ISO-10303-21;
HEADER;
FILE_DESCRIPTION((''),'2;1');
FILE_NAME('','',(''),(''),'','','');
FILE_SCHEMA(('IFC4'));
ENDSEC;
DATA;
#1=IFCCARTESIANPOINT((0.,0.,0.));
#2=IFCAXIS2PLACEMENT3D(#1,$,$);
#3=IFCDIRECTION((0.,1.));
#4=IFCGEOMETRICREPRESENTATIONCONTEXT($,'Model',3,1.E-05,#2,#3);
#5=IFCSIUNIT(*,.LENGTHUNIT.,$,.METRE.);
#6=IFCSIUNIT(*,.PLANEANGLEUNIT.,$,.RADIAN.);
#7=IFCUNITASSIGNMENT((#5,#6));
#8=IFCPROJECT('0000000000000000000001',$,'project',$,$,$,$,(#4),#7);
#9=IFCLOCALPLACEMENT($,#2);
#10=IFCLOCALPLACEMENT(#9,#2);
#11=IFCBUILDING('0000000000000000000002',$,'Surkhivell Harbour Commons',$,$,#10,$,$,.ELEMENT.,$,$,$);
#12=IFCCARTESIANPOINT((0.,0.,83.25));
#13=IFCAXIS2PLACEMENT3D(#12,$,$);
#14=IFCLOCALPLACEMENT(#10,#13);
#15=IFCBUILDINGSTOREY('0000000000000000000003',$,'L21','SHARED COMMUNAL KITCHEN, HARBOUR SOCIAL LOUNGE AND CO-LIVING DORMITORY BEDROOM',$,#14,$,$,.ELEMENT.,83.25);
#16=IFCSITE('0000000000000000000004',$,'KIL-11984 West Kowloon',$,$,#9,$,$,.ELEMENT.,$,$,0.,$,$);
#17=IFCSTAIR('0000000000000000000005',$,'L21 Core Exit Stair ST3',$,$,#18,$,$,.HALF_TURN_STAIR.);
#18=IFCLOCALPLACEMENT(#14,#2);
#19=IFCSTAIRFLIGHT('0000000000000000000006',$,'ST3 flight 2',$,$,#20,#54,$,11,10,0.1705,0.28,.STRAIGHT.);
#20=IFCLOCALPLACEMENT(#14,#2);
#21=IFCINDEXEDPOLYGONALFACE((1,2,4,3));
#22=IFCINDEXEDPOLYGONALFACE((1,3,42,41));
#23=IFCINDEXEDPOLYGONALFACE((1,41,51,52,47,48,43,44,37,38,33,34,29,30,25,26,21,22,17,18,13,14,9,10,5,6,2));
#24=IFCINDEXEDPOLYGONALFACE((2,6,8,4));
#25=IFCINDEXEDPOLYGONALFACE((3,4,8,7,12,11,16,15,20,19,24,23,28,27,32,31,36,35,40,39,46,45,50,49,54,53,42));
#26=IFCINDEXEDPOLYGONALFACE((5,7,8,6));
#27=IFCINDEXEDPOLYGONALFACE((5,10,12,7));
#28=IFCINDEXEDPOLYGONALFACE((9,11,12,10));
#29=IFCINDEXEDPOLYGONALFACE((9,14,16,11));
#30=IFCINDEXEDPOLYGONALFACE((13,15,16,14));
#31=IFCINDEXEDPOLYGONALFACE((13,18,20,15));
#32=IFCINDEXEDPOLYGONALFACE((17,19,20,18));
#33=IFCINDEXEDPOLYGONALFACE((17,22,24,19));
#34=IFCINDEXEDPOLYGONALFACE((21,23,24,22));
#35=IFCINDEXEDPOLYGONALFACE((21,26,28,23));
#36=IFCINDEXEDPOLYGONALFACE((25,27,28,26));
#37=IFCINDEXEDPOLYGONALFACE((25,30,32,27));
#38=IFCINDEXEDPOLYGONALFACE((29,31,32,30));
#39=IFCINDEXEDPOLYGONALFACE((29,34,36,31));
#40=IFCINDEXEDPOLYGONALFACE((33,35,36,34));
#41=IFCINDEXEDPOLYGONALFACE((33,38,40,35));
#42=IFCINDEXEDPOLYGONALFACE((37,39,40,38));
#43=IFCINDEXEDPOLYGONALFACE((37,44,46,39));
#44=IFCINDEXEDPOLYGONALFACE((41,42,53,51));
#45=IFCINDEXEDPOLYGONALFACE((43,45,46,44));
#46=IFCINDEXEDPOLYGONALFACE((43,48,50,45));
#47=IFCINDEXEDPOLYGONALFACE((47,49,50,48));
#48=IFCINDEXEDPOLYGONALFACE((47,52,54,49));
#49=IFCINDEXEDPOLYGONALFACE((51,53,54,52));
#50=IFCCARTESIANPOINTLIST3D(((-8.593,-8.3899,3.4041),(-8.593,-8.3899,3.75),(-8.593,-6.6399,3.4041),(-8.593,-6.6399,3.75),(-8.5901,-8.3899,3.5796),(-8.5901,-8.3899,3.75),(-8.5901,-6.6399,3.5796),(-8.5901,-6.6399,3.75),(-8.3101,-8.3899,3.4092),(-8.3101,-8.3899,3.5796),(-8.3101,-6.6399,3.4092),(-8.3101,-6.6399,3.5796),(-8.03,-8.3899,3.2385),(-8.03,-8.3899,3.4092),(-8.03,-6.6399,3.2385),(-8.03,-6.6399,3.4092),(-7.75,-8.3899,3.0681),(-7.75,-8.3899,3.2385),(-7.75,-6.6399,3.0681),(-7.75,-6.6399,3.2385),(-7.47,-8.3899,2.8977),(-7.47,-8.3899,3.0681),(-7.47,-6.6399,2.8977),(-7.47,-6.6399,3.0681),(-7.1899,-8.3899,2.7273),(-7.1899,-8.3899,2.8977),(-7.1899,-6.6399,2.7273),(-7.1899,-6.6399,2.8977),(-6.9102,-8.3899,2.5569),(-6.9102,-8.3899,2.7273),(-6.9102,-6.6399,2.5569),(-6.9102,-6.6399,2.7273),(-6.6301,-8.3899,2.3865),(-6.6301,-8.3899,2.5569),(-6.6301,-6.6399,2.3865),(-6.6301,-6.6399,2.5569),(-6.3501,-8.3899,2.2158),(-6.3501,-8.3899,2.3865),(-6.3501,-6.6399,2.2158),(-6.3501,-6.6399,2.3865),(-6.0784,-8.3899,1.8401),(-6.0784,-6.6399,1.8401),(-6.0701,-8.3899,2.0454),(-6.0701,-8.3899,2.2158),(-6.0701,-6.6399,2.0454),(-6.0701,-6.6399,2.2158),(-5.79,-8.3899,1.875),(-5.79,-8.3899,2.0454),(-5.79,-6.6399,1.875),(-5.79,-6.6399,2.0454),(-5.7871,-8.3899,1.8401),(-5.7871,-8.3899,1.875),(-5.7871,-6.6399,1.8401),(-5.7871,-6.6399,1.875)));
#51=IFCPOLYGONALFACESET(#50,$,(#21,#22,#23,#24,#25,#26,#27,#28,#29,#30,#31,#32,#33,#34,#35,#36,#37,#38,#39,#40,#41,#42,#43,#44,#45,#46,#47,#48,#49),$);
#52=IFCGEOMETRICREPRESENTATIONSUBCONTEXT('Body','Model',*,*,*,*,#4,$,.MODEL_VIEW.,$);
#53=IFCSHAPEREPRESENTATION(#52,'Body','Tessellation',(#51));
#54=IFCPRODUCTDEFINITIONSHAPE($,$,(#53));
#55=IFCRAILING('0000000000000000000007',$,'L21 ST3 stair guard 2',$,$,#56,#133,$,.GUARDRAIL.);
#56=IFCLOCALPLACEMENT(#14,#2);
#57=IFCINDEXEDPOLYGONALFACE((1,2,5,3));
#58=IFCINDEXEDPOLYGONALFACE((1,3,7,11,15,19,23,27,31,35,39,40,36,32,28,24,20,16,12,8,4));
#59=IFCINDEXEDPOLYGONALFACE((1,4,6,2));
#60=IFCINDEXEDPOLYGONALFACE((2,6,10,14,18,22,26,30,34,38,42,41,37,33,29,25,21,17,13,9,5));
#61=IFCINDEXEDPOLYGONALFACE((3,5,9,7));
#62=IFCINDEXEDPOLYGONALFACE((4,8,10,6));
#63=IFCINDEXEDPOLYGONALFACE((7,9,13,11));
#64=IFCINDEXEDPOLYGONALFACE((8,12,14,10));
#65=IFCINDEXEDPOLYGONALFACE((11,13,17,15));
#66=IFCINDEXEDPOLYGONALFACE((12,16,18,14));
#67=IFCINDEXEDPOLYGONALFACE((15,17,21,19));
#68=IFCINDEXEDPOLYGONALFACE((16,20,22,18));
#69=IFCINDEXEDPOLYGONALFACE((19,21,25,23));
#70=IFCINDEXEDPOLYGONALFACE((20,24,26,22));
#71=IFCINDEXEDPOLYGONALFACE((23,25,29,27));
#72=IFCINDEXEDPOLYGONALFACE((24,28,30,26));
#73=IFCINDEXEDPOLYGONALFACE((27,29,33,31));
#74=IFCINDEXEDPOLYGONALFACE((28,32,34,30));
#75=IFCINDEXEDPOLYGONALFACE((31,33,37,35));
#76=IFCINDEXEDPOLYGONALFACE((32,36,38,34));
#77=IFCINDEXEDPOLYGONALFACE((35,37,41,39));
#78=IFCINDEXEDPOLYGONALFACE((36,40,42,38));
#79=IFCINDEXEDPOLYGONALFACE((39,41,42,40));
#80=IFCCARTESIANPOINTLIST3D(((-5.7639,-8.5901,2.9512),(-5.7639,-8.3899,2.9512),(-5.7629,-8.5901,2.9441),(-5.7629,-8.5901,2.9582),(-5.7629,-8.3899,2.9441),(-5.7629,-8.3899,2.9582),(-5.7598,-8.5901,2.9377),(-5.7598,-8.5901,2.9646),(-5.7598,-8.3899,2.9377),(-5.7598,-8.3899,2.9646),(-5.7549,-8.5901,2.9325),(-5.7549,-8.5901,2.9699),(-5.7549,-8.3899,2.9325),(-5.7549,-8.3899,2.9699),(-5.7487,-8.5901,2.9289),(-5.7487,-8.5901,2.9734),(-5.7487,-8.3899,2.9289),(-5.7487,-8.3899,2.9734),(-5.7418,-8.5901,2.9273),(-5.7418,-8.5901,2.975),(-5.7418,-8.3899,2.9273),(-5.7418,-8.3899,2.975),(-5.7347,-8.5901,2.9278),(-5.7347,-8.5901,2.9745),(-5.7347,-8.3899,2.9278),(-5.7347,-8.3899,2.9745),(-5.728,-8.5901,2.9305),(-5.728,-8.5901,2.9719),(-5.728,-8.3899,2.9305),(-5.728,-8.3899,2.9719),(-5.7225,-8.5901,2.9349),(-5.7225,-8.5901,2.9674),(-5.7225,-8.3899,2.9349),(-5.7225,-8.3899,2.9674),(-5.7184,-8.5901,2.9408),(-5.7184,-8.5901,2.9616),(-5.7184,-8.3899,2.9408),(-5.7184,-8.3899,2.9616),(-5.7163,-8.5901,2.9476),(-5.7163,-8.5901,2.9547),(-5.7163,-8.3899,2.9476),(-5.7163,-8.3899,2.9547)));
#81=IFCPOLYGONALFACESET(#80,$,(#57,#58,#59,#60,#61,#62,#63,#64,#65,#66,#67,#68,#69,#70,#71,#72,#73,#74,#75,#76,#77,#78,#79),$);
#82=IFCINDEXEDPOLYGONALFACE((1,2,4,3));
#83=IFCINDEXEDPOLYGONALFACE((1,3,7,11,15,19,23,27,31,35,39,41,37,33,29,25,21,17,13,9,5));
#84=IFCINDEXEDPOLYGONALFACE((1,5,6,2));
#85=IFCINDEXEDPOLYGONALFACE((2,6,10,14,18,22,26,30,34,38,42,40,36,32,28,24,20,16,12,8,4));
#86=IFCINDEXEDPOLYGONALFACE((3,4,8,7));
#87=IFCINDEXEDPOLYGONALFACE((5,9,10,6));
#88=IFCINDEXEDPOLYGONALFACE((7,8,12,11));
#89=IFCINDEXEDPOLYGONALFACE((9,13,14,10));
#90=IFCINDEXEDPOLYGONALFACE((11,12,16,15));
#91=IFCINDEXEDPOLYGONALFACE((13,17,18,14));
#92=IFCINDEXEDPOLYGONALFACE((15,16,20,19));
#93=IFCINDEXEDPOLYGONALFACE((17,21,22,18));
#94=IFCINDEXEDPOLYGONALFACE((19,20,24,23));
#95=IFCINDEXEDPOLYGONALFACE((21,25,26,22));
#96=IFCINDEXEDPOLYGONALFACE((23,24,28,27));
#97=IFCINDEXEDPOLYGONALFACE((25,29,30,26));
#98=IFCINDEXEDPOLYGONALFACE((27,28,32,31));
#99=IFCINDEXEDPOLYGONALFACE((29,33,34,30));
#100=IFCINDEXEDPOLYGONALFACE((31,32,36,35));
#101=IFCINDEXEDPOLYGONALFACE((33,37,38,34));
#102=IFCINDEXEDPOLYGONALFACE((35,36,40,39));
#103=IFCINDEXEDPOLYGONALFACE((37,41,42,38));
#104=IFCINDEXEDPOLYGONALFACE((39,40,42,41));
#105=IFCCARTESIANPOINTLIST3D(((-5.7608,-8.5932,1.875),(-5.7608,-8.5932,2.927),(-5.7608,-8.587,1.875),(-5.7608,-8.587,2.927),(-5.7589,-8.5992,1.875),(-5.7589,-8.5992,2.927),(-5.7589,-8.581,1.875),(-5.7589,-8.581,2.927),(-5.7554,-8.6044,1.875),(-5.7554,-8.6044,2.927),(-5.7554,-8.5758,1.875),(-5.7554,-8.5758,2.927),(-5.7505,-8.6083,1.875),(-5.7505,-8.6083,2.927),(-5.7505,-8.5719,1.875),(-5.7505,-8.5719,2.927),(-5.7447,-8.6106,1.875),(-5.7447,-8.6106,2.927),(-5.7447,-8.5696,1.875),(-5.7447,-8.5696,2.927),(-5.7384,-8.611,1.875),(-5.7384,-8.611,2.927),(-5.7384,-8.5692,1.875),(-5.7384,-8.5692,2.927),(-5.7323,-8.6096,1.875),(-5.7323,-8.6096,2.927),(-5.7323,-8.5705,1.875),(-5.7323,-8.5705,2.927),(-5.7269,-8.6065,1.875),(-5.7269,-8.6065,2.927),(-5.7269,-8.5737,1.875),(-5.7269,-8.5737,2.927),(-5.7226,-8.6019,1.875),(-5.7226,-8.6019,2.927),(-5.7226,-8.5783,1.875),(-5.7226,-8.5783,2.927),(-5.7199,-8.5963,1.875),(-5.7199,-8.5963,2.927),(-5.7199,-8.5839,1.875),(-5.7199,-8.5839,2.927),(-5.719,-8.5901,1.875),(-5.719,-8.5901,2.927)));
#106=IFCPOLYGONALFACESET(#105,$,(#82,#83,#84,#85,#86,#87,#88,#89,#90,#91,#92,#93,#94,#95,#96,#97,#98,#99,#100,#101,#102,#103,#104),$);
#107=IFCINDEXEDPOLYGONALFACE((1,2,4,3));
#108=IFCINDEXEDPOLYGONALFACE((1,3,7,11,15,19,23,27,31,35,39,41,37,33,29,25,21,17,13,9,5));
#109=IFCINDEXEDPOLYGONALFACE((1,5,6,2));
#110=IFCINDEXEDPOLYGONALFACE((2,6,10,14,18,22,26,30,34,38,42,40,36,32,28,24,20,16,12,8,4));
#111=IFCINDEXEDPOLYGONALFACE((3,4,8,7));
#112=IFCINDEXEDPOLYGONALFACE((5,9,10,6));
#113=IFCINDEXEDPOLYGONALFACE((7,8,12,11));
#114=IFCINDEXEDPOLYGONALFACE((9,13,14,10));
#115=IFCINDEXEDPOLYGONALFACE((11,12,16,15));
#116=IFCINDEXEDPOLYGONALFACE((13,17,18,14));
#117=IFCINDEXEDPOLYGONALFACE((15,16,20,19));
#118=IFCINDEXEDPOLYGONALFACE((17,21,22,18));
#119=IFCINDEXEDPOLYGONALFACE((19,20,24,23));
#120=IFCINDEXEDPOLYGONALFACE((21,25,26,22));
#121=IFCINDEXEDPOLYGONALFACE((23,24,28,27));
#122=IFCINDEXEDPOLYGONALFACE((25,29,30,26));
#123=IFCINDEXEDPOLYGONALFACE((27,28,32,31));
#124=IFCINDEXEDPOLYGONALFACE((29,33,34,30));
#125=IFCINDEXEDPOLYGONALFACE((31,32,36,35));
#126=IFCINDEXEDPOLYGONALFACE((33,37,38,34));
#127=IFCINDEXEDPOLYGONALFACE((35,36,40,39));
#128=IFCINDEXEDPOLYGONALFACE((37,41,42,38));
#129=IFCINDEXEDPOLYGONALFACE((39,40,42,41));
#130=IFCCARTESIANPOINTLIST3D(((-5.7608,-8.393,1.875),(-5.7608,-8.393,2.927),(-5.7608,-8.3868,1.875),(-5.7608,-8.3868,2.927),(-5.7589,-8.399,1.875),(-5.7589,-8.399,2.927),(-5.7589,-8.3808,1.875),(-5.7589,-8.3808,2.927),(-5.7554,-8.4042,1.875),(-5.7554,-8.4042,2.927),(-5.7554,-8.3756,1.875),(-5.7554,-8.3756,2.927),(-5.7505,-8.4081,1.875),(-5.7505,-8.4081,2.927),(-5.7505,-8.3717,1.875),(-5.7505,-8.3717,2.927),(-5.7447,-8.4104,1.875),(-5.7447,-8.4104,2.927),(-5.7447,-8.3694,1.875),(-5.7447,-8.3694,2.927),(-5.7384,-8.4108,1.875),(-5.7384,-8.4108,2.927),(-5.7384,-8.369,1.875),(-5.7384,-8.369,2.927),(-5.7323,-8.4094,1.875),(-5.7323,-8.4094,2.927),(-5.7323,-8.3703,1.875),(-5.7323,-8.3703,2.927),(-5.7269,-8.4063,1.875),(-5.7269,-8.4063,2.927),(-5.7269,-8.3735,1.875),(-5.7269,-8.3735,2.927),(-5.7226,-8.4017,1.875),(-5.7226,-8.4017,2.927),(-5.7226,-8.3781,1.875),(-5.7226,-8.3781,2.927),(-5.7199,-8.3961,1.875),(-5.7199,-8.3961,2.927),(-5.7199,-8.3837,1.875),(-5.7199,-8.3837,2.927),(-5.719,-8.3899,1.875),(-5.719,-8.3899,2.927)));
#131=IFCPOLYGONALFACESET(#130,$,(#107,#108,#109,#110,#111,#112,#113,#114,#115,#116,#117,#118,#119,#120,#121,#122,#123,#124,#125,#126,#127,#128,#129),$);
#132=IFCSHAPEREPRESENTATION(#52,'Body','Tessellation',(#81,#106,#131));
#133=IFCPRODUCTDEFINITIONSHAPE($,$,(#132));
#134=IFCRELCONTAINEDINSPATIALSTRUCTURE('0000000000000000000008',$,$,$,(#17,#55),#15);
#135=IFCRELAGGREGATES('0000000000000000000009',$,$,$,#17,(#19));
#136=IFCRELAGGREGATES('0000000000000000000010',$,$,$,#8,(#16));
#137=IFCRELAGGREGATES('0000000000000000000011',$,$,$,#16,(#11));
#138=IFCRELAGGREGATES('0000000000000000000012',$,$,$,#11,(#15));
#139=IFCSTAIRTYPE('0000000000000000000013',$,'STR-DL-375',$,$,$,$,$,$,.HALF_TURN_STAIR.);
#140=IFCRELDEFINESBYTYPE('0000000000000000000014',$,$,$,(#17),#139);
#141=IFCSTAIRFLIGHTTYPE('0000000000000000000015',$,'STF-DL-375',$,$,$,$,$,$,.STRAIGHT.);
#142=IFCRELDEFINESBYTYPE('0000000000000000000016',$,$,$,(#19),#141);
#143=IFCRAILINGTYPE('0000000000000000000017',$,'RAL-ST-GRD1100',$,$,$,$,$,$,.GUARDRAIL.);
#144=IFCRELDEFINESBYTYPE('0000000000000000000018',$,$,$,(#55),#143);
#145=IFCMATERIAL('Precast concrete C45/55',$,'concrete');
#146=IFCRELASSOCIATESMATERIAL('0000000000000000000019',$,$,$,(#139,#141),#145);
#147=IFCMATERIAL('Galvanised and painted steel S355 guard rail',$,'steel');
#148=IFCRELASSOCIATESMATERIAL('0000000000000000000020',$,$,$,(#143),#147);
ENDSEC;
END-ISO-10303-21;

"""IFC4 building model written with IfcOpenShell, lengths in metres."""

from ifc_helpers import new_model, si_unit, direction, frame, origin, origin_2d, place, context, subcontext, project, spatial, polyline, circle, outline, extrude, material, type_object, element, aggregate, save


model = new_model("IFC4")

# Units and contexts
model_context = context("Model", 3, precision=1e-05, world=origin(), true_north=direction((0.0, 1.0)))
body_context = subcontext(model_context, "Body", "Model", "MODEL_VIEW")
ifc_project = project(units=[si_unit("LENGTHUNIT", "METRE"), si_unit("PLANEANGLEUNIT", "RADIAN")], contexts=[model_context])

# Site, building, storey
site_placement = place(None, origin())
site = spatial("IfcSite", under=ifc_project, at=site_placement, Name="KIL-11984 West Kowloon", CompositionType="ELEMENT", RefElevation=0.0)
building_placement = place(site_placement, origin())
building = spatial("IfcBuilding", under=site, at=building_placement, Name="Surkhivell Harbour Commons", CompositionType="ELEMENT")
storey_placement = place(building_placement, frame((0.0, 0.0, 83.25)))
storey = spatial("IfcBuildingStorey", under=building, at=storey_placement, Name="L21", Description="SHARED COMMUNAL KITCHEN, HARBOUR SOCIAL LOUNGE AND CO-LIVING DORMITORY BEDROOM", CompositionType="ELEMENT", Elevation=83.25)

# Stair, stair flight
ifc_material_1 = material(Name="Precast concrete C45/55", Category="concrete")
stair_type = type_object("IfcStairType", Name="STR-DL-375", PredefinedType="HALF_TURN_STAIR", material=ifc_material_1)
stair_placement = place(storey_placement, origin())
stair = element("IfcStair", 1, at=stair_placement, inside=storey, type_object=stair_type, Name="L21 Core Exit Stair ST3", PredefinedType="HALF_TURN_STAIR")
stair_flight_type = type_object("IfcStairFlightType", Name="STF-DL-375", PredefinedType="STRAIGHT", material=ifc_material_1)
stair_flight_placement = place(storey_placement, frame((-5.79, -7.5149, 1.875), z_axis=(0.0, 0.0, 1.0), x_axis=(-1.0, 0.0, 0.0)))
stair_flight = element("IfcStairFlight", 2, at=stair_flight_placement, type_object=stair_flight_type, Name="ST3 flight 2", NumberOfRisers=11, NumberOfTreads=10, PredefinedType="STRAIGHT", RiserHeight=0.1705, TreadLength=0.28, context=body_context, shape_type="SweptSolid", body=[
    extrude(outline(polyline([(-0.0029, -0.0349), (-0.0029, 0.0), (0.0, 0.0), (0.0, 0.1704), (0.28, 0.1704), (0.28, 0.3408), (0.5601, 0.3408), (0.5601, 0.5115), (0.8401, 0.5115), (0.8401, 0.6819), (1.1201, 0.6819), (1.1201, 0.8523), (1.3999, 0.8523), (1.3999, 1.0227), (1.6799, 1.0227), (1.6799, 1.1931), (1.96, 1.1931), (1.96, 1.3635), (2.24, 1.3635), (2.24, 1.5342), (2.52, 1.5342), (2.52, 1.7046), (2.8, 1.7046), (2.8, 1.875), (2.803, 1.875), (2.803, 1.5291), (0.2883, -0.0349), (-0.0029, -0.0349)])), frame((0.0, 0.875, 0.0), z_axis=(0.0, -1.0, 0.0), x_axis=(1.0, 0.0, 0.0)), (0.0, 0.0, 1.0), 1.75),
])
aggregate(stair, [stair_flight])

# Railing
ifc_material_2 = material(Name="Galvanised and painted steel S355 guard rail", Category="steel")
railing_type_1 = type_object("IfcRailingType", Name="RAL-ST-GRD1100", PredefinedType="GUARDRAIL", material=ifc_material_2)
railing_1_placement = place(storey_placement, frame((-5.74, -8.5901, 1.875)))
element("IfcRailing", 3, at=railing_1_placement, inside=storey, type_object=railing_type_1, Name="L21 ST3 stair guard 2", PredefinedType="GUARDRAIL", context=body_context, shape_type="SweptSolid", body=[
    extrude(circle(Radius=0.0239, at=origin_2d()), frame((0.0, 0.0, 1.0762), z_axis=(0.0, 1.0, 0.0), x_axis=(-1.0, 0.0, 0.0)), (0.0, 0.0, 1.0), 0.2002),
    extrude(circle(Radius=0.021, at=origin_2d()), origin(), (0.0, 0.0, 1.0), 1.052),
    extrude(circle(Radius=0.021, at=origin_2d()), frame((0.0, 0.2002, 0.0)), (0.0, 0.0, 1.0), 1.052),
])

save(model, "model.ifc")
